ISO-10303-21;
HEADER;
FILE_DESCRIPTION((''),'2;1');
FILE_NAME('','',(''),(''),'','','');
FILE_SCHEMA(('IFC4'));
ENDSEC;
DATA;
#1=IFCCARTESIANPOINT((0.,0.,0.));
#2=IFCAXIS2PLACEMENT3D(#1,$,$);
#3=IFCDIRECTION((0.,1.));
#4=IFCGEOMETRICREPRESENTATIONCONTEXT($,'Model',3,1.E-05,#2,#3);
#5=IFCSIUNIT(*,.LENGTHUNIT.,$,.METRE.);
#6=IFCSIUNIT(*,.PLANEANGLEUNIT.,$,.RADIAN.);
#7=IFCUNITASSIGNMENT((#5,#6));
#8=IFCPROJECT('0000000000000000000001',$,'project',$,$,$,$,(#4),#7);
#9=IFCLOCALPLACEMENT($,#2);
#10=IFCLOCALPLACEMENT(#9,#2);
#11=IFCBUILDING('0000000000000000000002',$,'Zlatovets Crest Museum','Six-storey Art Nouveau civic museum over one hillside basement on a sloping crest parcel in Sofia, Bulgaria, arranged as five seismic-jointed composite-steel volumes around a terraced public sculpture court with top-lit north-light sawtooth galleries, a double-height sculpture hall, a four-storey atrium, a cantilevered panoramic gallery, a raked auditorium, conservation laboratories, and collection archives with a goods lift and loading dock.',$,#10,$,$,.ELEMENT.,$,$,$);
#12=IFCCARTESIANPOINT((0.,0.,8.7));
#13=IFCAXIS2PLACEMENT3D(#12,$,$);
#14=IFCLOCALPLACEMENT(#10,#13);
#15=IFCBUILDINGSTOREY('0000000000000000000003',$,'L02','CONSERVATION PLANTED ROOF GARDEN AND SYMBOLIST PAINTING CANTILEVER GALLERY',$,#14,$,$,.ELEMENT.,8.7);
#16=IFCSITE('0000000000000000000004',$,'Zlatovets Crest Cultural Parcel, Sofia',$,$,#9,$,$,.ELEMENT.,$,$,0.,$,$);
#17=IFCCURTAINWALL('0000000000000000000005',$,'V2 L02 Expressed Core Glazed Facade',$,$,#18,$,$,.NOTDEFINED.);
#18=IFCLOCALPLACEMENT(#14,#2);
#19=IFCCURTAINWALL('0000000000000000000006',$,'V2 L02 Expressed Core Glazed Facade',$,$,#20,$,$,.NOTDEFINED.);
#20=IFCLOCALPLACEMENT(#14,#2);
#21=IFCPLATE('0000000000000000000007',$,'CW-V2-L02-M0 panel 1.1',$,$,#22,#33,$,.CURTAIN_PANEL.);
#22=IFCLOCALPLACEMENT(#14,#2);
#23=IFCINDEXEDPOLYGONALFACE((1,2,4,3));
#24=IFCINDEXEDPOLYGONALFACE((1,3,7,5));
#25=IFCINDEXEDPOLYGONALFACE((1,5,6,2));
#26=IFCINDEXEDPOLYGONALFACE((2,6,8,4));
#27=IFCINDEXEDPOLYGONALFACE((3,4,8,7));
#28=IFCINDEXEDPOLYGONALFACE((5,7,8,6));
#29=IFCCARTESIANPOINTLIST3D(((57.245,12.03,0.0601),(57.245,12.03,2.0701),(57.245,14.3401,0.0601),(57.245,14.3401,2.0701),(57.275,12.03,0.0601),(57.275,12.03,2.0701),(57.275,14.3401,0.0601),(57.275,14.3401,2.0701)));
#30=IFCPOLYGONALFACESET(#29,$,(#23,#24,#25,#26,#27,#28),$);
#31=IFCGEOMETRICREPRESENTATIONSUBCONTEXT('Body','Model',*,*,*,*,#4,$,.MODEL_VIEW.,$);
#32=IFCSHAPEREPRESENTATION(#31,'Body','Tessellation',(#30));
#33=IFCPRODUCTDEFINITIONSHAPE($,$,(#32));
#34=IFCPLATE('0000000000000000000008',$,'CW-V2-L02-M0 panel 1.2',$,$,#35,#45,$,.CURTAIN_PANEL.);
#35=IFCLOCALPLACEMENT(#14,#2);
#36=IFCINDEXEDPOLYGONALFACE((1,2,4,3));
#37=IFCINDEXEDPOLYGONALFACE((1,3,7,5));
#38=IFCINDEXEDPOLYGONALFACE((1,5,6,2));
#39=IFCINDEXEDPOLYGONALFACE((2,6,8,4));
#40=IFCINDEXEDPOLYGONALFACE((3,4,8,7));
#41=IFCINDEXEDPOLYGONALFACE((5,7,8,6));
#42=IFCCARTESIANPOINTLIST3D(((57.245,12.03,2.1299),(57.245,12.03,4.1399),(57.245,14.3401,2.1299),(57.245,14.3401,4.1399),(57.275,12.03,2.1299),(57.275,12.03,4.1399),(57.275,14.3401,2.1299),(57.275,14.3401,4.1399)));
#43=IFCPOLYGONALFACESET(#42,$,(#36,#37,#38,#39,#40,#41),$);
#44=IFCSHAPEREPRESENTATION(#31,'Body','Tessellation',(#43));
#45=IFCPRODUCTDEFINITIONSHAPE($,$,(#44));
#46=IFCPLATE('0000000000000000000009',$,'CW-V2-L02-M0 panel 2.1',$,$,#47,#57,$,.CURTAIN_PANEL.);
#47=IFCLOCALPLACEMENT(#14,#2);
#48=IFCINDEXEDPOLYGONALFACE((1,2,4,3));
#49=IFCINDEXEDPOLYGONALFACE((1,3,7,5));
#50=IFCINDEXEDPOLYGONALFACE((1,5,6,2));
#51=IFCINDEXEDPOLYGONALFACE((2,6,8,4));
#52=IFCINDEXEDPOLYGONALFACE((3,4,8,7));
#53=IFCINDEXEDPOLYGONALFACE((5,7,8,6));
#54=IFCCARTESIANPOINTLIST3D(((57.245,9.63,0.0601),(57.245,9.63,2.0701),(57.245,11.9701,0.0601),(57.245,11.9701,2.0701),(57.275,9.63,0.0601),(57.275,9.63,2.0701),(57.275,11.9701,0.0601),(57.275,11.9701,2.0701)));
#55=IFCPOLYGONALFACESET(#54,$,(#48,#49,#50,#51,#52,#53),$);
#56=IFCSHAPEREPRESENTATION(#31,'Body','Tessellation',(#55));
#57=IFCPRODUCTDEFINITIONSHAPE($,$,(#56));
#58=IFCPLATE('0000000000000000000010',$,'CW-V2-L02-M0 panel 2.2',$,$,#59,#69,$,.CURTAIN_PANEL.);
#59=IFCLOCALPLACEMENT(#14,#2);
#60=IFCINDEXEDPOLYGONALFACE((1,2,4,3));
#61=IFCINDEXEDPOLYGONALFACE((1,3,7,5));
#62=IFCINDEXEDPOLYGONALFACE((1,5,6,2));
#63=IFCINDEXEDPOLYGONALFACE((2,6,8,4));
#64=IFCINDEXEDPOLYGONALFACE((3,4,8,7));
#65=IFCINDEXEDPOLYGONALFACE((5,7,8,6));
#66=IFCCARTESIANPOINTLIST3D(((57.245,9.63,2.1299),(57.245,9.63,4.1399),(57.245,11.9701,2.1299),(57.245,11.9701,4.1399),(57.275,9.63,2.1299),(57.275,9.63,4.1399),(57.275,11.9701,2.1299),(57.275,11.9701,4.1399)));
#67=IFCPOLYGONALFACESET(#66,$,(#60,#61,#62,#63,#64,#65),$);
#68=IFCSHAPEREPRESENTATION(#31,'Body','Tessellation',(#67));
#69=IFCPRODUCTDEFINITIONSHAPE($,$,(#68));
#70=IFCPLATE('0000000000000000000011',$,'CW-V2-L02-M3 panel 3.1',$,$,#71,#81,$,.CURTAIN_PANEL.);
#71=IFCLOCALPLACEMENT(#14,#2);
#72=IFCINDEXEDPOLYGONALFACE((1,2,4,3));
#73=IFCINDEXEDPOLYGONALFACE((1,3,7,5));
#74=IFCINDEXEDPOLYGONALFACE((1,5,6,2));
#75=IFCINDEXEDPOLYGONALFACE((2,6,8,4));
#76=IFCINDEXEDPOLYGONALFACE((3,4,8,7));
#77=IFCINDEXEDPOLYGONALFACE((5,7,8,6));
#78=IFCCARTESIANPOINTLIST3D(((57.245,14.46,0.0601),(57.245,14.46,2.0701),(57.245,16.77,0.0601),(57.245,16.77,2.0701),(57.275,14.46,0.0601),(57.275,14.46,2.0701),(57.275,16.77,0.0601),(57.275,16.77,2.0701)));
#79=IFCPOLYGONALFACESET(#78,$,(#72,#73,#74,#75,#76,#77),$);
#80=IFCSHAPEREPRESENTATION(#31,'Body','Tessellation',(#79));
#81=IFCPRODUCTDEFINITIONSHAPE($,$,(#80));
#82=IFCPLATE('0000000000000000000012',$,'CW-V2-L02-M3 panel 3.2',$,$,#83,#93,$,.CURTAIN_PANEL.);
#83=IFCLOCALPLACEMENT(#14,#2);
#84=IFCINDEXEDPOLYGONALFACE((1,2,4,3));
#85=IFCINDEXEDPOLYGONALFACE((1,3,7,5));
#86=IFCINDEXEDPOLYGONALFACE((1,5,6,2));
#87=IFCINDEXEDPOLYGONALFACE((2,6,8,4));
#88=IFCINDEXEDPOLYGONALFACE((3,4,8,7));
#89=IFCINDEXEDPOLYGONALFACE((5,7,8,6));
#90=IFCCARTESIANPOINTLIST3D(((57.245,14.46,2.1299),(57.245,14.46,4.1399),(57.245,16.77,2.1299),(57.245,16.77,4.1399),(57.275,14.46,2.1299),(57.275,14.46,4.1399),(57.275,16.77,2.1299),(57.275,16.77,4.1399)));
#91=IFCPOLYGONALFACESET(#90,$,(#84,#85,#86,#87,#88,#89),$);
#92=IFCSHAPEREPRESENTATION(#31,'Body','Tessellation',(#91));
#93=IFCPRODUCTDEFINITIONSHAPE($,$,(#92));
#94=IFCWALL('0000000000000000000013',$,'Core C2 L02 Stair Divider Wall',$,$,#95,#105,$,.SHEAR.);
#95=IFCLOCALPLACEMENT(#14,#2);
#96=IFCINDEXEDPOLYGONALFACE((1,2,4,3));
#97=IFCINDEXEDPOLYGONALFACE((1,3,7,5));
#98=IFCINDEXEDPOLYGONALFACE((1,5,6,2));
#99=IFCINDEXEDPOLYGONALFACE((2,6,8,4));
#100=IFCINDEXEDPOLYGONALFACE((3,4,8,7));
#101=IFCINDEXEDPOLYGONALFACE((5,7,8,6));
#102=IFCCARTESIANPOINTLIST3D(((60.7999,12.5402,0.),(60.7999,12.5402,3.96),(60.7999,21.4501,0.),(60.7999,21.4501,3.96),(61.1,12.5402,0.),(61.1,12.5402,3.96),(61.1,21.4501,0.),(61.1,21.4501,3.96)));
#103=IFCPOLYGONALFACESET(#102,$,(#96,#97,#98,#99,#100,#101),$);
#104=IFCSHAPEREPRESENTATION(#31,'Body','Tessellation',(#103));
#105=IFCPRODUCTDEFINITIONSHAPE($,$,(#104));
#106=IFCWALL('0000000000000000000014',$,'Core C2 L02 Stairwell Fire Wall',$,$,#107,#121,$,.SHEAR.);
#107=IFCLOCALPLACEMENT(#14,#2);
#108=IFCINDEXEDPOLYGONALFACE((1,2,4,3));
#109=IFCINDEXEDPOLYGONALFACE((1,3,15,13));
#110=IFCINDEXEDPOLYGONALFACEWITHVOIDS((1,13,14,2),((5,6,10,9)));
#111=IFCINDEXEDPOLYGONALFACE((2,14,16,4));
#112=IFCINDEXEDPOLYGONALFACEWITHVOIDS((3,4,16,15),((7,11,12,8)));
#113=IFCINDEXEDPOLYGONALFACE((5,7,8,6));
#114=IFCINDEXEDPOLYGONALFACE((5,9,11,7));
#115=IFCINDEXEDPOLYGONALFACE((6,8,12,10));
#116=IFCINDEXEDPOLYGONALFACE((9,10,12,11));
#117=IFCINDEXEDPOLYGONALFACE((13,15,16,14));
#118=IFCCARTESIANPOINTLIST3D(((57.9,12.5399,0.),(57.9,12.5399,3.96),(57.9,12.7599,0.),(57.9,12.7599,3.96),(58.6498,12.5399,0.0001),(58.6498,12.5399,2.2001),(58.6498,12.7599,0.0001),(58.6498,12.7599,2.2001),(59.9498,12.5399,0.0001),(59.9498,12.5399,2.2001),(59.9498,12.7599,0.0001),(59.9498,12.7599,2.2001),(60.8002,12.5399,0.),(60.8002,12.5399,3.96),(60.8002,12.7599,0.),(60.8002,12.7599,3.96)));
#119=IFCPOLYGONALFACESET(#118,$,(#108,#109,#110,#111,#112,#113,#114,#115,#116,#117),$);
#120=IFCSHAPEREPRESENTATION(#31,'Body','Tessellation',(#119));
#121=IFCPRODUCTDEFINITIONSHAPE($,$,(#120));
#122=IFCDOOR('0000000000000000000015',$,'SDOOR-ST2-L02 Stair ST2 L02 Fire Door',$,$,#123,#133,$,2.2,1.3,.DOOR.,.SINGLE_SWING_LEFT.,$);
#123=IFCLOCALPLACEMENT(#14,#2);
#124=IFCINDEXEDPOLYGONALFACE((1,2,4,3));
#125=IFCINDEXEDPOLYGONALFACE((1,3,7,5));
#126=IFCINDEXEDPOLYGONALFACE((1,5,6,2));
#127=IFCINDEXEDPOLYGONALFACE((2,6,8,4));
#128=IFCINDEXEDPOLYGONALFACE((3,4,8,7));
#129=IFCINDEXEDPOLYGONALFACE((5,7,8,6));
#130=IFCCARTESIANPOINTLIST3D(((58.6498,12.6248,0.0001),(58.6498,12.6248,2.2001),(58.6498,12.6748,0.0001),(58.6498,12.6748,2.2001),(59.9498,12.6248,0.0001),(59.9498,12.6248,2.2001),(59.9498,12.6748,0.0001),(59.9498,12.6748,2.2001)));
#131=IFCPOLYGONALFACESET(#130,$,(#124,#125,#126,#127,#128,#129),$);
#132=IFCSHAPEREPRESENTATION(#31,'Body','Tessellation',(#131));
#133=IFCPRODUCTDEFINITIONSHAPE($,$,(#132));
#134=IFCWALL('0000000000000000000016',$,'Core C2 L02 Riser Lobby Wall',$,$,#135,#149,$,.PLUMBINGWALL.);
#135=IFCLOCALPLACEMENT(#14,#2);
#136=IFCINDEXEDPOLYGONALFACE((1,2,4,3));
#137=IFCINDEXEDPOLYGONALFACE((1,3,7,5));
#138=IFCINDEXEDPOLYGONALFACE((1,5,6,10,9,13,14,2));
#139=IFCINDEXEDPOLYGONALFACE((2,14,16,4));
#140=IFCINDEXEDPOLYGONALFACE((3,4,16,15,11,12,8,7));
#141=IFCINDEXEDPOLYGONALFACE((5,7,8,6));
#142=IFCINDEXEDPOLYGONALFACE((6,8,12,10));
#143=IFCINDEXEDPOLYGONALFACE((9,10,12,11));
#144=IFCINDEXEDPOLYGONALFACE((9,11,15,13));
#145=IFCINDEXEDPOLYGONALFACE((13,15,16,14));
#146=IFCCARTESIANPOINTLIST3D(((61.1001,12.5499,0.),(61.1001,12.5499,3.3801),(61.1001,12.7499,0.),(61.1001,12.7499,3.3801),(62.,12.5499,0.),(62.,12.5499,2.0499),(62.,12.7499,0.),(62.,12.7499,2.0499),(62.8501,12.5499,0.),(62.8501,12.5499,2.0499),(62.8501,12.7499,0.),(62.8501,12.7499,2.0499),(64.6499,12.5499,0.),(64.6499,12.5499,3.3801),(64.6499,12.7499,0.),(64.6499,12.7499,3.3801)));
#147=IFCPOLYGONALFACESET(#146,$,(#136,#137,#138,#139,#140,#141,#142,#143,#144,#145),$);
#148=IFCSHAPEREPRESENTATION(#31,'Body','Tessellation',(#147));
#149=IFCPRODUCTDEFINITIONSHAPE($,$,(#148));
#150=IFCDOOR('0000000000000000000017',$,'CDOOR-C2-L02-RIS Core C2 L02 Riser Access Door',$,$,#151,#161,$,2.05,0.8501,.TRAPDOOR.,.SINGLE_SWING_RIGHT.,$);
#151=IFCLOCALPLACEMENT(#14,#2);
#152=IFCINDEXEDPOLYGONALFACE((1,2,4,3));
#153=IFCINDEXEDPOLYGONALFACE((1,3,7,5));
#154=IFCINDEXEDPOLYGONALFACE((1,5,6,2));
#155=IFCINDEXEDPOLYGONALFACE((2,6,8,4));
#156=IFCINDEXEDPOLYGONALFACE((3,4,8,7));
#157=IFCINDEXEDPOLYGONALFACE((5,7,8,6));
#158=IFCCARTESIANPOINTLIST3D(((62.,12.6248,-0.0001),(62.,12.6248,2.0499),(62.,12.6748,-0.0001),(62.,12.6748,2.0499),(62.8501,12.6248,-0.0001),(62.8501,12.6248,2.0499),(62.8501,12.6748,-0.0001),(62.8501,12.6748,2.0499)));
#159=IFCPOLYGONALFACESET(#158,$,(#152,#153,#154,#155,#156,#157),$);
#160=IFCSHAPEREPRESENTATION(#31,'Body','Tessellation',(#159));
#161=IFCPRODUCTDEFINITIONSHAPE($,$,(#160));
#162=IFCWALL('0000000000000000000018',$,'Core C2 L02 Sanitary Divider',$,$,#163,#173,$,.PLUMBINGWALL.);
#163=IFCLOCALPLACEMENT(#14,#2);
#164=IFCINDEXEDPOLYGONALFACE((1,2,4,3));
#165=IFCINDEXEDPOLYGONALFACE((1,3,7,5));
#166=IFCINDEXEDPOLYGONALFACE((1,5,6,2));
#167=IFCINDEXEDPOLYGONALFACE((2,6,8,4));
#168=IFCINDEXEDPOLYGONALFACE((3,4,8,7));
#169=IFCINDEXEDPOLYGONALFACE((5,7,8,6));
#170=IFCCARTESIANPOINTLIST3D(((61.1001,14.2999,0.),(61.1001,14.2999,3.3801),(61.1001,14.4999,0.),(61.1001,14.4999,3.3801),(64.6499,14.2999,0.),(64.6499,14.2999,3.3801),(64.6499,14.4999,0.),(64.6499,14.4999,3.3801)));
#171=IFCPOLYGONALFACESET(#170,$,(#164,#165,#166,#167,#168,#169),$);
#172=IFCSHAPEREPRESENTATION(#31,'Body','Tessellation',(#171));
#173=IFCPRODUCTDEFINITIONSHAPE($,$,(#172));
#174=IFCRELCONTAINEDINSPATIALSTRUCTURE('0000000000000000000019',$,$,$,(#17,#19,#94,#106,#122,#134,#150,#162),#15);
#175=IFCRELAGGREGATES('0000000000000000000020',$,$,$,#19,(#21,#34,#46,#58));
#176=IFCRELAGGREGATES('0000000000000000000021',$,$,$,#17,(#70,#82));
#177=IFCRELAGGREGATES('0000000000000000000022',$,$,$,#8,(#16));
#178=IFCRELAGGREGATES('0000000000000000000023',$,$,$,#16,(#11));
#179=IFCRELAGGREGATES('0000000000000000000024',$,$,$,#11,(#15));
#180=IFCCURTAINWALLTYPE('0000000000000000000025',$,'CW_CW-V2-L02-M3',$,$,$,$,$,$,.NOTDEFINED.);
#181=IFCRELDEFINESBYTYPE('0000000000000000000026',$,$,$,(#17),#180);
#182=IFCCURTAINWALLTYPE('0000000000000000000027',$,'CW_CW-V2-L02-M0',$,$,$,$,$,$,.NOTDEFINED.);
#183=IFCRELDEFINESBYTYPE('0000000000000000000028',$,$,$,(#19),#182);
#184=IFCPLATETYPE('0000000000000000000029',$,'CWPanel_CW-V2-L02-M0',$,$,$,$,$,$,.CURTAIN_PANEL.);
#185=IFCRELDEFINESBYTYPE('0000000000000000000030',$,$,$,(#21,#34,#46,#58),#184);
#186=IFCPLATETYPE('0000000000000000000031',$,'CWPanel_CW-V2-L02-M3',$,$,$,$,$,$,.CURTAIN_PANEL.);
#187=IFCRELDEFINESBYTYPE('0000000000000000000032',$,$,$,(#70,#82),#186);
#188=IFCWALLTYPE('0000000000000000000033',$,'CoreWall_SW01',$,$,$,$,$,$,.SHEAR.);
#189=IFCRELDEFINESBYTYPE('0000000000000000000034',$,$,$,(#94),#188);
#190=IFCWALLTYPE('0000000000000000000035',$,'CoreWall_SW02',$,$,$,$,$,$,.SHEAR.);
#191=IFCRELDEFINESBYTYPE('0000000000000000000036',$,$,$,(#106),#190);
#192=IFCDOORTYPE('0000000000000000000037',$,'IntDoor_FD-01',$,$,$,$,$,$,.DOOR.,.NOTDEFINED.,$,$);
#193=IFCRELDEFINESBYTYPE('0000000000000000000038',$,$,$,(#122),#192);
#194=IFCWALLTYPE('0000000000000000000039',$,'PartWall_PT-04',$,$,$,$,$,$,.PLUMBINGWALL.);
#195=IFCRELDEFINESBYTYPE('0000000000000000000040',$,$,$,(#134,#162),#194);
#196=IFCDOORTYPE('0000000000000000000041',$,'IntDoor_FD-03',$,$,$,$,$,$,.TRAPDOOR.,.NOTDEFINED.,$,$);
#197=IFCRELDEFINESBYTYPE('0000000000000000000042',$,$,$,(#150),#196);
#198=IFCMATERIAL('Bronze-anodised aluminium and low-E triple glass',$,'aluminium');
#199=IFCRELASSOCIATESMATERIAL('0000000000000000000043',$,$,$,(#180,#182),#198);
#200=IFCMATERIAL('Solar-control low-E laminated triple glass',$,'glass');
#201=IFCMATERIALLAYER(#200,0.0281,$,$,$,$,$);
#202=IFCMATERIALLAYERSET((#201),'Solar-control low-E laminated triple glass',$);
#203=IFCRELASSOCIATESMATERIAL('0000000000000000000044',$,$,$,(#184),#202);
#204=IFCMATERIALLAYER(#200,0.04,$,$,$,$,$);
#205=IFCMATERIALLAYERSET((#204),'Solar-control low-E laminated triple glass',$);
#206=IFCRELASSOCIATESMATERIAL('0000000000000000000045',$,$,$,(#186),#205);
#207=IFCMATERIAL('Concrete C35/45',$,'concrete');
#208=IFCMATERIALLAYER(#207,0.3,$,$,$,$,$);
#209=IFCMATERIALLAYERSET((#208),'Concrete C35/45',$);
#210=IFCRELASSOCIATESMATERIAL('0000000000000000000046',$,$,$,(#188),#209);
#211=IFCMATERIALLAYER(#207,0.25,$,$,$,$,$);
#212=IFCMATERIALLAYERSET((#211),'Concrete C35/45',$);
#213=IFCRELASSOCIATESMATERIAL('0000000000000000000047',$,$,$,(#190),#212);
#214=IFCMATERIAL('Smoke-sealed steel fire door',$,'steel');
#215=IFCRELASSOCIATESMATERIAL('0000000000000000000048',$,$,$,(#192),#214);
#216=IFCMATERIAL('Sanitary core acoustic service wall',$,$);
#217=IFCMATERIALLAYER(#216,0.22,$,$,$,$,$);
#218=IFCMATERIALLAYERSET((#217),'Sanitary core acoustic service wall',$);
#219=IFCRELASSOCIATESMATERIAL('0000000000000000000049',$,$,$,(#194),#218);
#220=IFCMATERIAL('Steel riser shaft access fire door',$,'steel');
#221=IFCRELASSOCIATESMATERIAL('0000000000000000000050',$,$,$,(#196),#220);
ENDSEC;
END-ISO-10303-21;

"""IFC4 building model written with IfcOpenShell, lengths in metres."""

from ifc_helpers import new_model, si_unit, direction, frame, frame_2d, origin, origin_2d, place, context, subcontext, project, spatial, rectangle, extrude, material, layer, layer_set, type_object, element, fill, aggregate, save


model = new_model("IFC4")

# Units and contexts
model_context = context("Model", 3, precision=1e-05, world=origin(), true_north=direction((0.0, 1.0)))
body_context = subcontext(model_context, "Body", "Model", "MODEL_VIEW")
ifc_project = project(units=[si_unit("LENGTHUNIT", "METRE"), si_unit("PLANEANGLEUNIT", "RADIAN")], contexts=[model_context])

# Site, building, storey
site_placement = place(None, origin())
site = spatial("IfcSite", under=ifc_project, at=site_placement, Name="Zlatovets Crest Cultural Parcel, Sofia", CompositionType="ELEMENT", RefElevation=0.0)
building_placement = place(site_placement, origin())
building = spatial("IfcBuilding", under=site, at=building_placement, Name="Zlatovets Crest Museum", Description="Six-storey Art Nouveau civic museum over one hillside basement on a sloping crest parcel in Sofia, Bulgaria, arranged as five seismic-jointed composite-steel volumes around a terraced public sculpture court with top-lit north-light sawtooth galleries, a double-height sculpture hall, a four-storey atrium, a cantilevered panoramic gallery, a raked auditorium, conservation laboratories, and collection archives with a goods lift and loading dock.", CompositionType="ELEMENT")
storey_placement = place(building_placement, frame((0.0, 0.0, 8.7)))
storey = spatial("IfcBuildingStorey", under=building, at=storey_placement, Name="L02", Description="CONSERVATION PLANTED ROOF GARDEN AND SYMBOLIST PAINTING CANTILEVER GALLERY", CompositionType="ELEMENT", Elevation=8.7)

# Curtain wall
ifc_material_1 = material(Name="Bronze-anodised aluminium and low-E triple glass", Category="aluminium")
curtain_wall_type_1 = type_object("IfcCurtainWallType", Name="CW_CW-V2-L02-M3", PredefinedType="NOTDEFINED", material=ifc_material_1)
curtain_wall_1_placement = place(storey_placement, origin())
curtain_wall_1 = element("IfcCurtainWall", 1, at=curtain_wall_1_placement, inside=storey, type_object=curtain_wall_type_1, Name="V2 L02 Expressed Core Glazed Facade", PredefinedType="NOTDEFINED")

# Curtain wall, plates
curtain_wall_type_2 = type_object("IfcCurtainWallType", Name="CW_CW-V2-L02-M0", PredefinedType="NOTDEFINED", material=ifc_material_1)
curtain_wall_2_placement = place(storey_placement, origin())
curtain_wall_2 = element("IfcCurtainWall", 2, at=curtain_wall_2_placement, inside=storey, type_object=curtain_wall_type_2, Name="V2 L02 Expressed Core Glazed Facade", PredefinedType="NOTDEFINED")
ifc_material_2 = material(Name="Solar-control low-E laminated triple glass", Category="glass")
ifc_layer_1 = layer(ifc_material_2, 0.0281)
ifc_layer_set_1 = layer_set([ifc_layer_1], Name="Solar-control low-E laminated triple glass")
plate_type_1 = type_object("IfcPlateType", Name="CWPanel_CW-V2-L02-M0", PredefinedType="CURTAIN_PANEL", material=ifc_layer_set_1)
plate_1_placement = place(storey_placement, frame((57.26, 13.1851, 0.0601), z_axis=(0.0, 0.0, 1.0), x_axis=(0.0, -1.0, 0.0)))
plate_1 = element("IfcPlate", 3, at=plate_1_placement, type_object=plate_type_1, Name="CW-V2-L02-M0 panel 1.1", PredefinedType="CURTAIN_PANEL", context=body_context, shape_type="SweptSolid", body=[
    extrude(rectangle(XDim=2.3101, YDim=0.03, at=origin_2d()), origin(), (0.0, 0.0, 1.0), 2.01),
])
plate_2_placement = place(storey_placement, frame((57.26, 13.1851, 2.1299), z_axis=(0.0, 0.0, 1.0), x_axis=(0.0, -1.0, 0.0)))
plate_2 = element("IfcPlate", 4, at=plate_2_placement, type_object=plate_type_1, Name="CW-V2-L02-M0 panel 1.2", PredefinedType="CURTAIN_PANEL", context=body_context, shape_type="SweptSolid", body=[
    extrude(rectangle(XDim=2.3101, YDim=0.03, at=origin_2d()), origin(), (0.0, 0.0, 1.0), 2.01),
])
plate_3_placement = place(storey_placement, frame((57.26, 10.8, 0.0601), z_axis=(0.0, 0.0, 1.0), x_axis=(0.0, -1.0, 0.0)))
plate_3 = element("IfcPlate", 5, at=plate_3_placement, type_object=plate_type_1, Name="CW-V2-L02-M0 panel 2.1", PredefinedType="CURTAIN_PANEL", context=body_context, shape_type="SweptSolid", body=[
    extrude(rectangle(XDim=2.3401, YDim=0.03, at=origin_2d()), origin(), (0.0, 0.0, 1.0), 2.01),
])
plate_4_placement = place(storey_placement, frame((57.26, 10.8, 2.1299), z_axis=(0.0, 0.0, 1.0), x_axis=(0.0, -1.0, 0.0)))
plate_4 = element("IfcPlate", 6, at=plate_4_placement, type_object=plate_type_1, Name="CW-V2-L02-M0 panel 2.2", PredefinedType="CURTAIN_PANEL", context=body_context, shape_type="SweptSolid", body=[
    extrude(rectangle(XDim=2.3401, YDim=0.03, at=origin_2d()), origin(), (0.0, 0.0, 1.0), 2.01),
])
aggregate(curtain_wall_2, [plate_1, plate_2, plate_3, plate_4])

# Plates
ifc_layer_2 = layer(ifc_material_2, 0.04)
ifc_layer_set_2 = layer_set([ifc_layer_2], Name="Solar-control low-E laminated triple glass")
plate_type_2 = type_object("IfcPlateType", Name="CWPanel_CW-V2-L02-M3", PredefinedType="CURTAIN_PANEL", material=ifc_layer_set_2)
plate_5_placement = place(storey_placement, frame((57.26, 15.615, 0.0601), z_axis=(0.0, 0.0, 1.0), x_axis=(0.0, -1.0, 0.0)))
plate_5 = element("IfcPlate", 7, at=plate_5_placement, type_object=plate_type_2, Name="CW-V2-L02-M3 panel 3.1", PredefinedType="CURTAIN_PANEL", context=body_context, shape_type="SweptSolid", body=[
    extrude(rectangle(XDim=2.3101, YDim=0.03, at=origin_2d()), origin(), (0.0, 0.0, 1.0), 2.01),
])
plate_6_placement = place(storey_placement, frame((57.26, 15.615, 2.1299), z_axis=(0.0, 0.0, 1.0), x_axis=(0.0, -1.0, 0.0)))
plate_6 = element("IfcPlate", 8, at=plate_6_placement, type_object=plate_type_2, Name="CW-V2-L02-M3 panel 3.2", PredefinedType="CURTAIN_PANEL", context=body_context, shape_type="SweptSolid", body=[
    extrude(rectangle(XDim=2.3101, YDim=0.03, at=origin_2d()), origin(), (0.0, 0.0, 1.0), 2.01),
])
aggregate(curtain_wall_1, [plate_5, plate_6])

# Wall
ifc_material_3 = material(Name="Concrete C35/45", Category="concrete")
ifc_layer_3 = layer(ifc_material_3, 0.3)
ifc_layer_set_3 = layer_set([ifc_layer_3], Name="Concrete C35/45")
wall_type_1 = type_object("IfcWallType", Name="CoreWall_SW01", PredefinedType="SHEAR", material=ifc_layer_set_3)
wall_1_placement = place(storey_placement, frame((60.95, 12.54, 0.0), z_axis=(0.0, 0.0, 1.0), x_axis=(0.0, 1.0, 0.0)))
element("IfcWall", 9, at=wall_1_placement, inside=storey, type_object=wall_type_1, Name="Core C2 L02 Stair Divider Wall", PredefinedType="SHEAR", context=body_context, shape_type="SweptSolid", body=[
    extrude(rectangle(XDim=8.9099, YDim=0.3, at=frame_2d((4.4551, 0.0))), origin(), (0.0, 0.0, 1.0), 3.96),
])

# Walls, openings, doors
ifc_layer_4 = layer(ifc_material_3, 0.25)
ifc_layer_set_4 = layer_set([ifc_layer_4], Name="Concrete C35/45")
wall_type_2 = type_object("IfcWallType", Name="CoreWall_SW02", PredefinedType="SHEAR", material=ifc_layer_set_4)
wall_2_placement = place(storey_placement, frame((57.8999, 12.6499, 0.0), z_axis=(0.0, 0.0, 1.0), x_axis=(1.0, 0.0, 0.0)))
wall_2 = element("IfcWall", 10, at=wall_2_placement, inside=storey, type_object=wall_type_2, Name="Core C2 L02 Stairwell Fire Wall", PredefinedType="SHEAR", context=body_context, shape_type="SweptSolid", body=[
    extrude(rectangle(XDim=2.9001, YDim=0.22, at=frame_2d((1.4502, 0.0))), origin(), (0.0, 0.0, 1.0), 3.96),
])
opening_1_placement = place(wall_2_placement, frame((0.75, 0.0, 0.0)))
opening_1 = element("IfcOpeningElement", 11, at=opening_1_placement, cuts=wall_2, PredefinedType="OPENING", context=body_context, shape_type="SweptSolid", body=[
    extrude(rectangle(XDim=1.3, YDim=2.2, at=frame_2d((0.6499, 1.1001))), frame((0.0, 0.1201, 0.0), z_axis=(0.0, -1.0, 0.0), x_axis=(1.0, 0.0, 0.0)), (0.0, 0.0, 1.0), 0.24),
])
ifc_material_4 = material(Name="Smoke-sealed steel fire door", Category="steel")
door_type_1 = type_object("IfcDoorType", Name="IntDoor_FD-01", OperationType="NOTDEFINED", PredefinedType="DOOR", material=ifc_material_4)
door_1_placement = place(opening_1_placement, origin())
door_1 = element("IfcDoor", 12, at=door_1_placement, inside=storey, type_object=door_type_1, Name="SDOOR-ST2-L02 Stair ST2 L02 Fire Door", OperationType="SINGLE_SWING_LEFT", OverallHeight=2.2, OverallWidth=1.3, PredefinedType="DOOR", context=body_context, shape_type="SweptSolid", body=[
    extrude(rectangle(XDim=1.3, YDim=2.2, at=frame_2d((0.6499, 1.1001))), frame((0.0, 0.0249, 0.0), z_axis=(0.0, -1.0, 0.0), x_axis=(1.0, 0.0, 0.0)), (0.0, 0.0, 1.0), 0.05),
])
fill(opening_1, door_1)
ifc_material_5 = material(Name="Sanitary core acoustic service wall")
ifc_layer_5 = layer(ifc_material_5, 0.22)
ifc_layer_set_5 = layer_set([ifc_layer_5], Name="Sanitary core acoustic service wall")
wall_type_3 = type_object("IfcWallType", Name="PartWall_PT-04", PredefinedType="PLUMBINGWALL", material=ifc_layer_set_5)
wall_3_placement = place(storey_placement, frame((61.1001, 12.6499, 0.0), z_axis=(0.0, 0.0, 1.0), x_axis=(1.0, 0.0, 0.0)))
wall_3 = element("IfcWall", 13, at=wall_3_placement, inside=storey, type_object=wall_type_3, Name="Core C2 L02 Riser Lobby Wall", PredefinedType="PLUMBINGWALL", context=body_context, shape_type="SweptSolid", body=[
    extrude(rectangle(XDim=3.5498, YDim=0.2, at=frame_2d((1.7749, 0.0))), origin(), (0.0, 0.0, 1.0), 3.3801),
])
opening_2_placement = place(wall_3_placement, frame((0.8999, 0.0, 0.0)))
opening_2 = element("IfcOpeningElement", 14, at=opening_2_placement, cuts=wall_3, PredefinedType="OPENING", context=body_context, shape_type="SweptSolid", body=[
    extrude(rectangle(XDim=0.8501, YDim=2.05, at=frame_2d((0.425, 1.0249))), frame((0.0, 0.1099, 0.0), z_axis=(0.0, -1.0, 0.0), x_axis=(1.0, 0.0, 0.0)), (0.0, 0.0, 1.0), 0.22),
])
ifc_material_6 = material(Name="Steel riser shaft access fire door", Category="steel")
door_type_2 = type_object("IfcDoorType", Name="IntDoor_FD-03", OperationType="NOTDEFINED", PredefinedType="TRAPDOOR", material=ifc_material_6)
door_2_placement = place(opening_2_placement, origin())
door_2 = element("IfcDoor", 15, at=door_2_placement, inside=storey, type_object=door_type_2, Name="CDOOR-C2-L02-RIS Core C2 L02 Riser Access Door", OperationType="SINGLE_SWING_RIGHT", OverallHeight=2.05, OverallWidth=0.8501, PredefinedType="TRAPDOOR", context=body_context, shape_type="SweptSolid", body=[
    extrude(rectangle(XDim=0.8501, YDim=2.05, at=frame_2d((0.425, 1.0249))), frame((0.0, 0.0249, 0.0), z_axis=(0.0, -1.0, 0.0), x_axis=(1.0, 0.0, 0.0)), (0.0, 0.0, 1.0), 0.05),
])
fill(opening_2, door_2)

# Wall
wall_4_placement = place(storey_placement, frame((61.1001, 14.3999, 0.0), z_axis=(0.0, 0.0, 1.0), x_axis=(1.0, 0.0, 0.0)))
element("IfcWall", 16, at=wall_4_placement, inside=storey, type_object=wall_type_3, Name="Core C2 L02 Sanitary Divider", PredefinedType="PLUMBINGWALL", context=body_context, shape_type="SweptSolid", body=[
    extrude(rectangle(XDim=3.5498, YDim=0.2, at=frame_2d((1.7749, 0.0))), origin(), (0.0, 0.0, 1.0), 3.3801),
])

save(model, "model.ifc")
